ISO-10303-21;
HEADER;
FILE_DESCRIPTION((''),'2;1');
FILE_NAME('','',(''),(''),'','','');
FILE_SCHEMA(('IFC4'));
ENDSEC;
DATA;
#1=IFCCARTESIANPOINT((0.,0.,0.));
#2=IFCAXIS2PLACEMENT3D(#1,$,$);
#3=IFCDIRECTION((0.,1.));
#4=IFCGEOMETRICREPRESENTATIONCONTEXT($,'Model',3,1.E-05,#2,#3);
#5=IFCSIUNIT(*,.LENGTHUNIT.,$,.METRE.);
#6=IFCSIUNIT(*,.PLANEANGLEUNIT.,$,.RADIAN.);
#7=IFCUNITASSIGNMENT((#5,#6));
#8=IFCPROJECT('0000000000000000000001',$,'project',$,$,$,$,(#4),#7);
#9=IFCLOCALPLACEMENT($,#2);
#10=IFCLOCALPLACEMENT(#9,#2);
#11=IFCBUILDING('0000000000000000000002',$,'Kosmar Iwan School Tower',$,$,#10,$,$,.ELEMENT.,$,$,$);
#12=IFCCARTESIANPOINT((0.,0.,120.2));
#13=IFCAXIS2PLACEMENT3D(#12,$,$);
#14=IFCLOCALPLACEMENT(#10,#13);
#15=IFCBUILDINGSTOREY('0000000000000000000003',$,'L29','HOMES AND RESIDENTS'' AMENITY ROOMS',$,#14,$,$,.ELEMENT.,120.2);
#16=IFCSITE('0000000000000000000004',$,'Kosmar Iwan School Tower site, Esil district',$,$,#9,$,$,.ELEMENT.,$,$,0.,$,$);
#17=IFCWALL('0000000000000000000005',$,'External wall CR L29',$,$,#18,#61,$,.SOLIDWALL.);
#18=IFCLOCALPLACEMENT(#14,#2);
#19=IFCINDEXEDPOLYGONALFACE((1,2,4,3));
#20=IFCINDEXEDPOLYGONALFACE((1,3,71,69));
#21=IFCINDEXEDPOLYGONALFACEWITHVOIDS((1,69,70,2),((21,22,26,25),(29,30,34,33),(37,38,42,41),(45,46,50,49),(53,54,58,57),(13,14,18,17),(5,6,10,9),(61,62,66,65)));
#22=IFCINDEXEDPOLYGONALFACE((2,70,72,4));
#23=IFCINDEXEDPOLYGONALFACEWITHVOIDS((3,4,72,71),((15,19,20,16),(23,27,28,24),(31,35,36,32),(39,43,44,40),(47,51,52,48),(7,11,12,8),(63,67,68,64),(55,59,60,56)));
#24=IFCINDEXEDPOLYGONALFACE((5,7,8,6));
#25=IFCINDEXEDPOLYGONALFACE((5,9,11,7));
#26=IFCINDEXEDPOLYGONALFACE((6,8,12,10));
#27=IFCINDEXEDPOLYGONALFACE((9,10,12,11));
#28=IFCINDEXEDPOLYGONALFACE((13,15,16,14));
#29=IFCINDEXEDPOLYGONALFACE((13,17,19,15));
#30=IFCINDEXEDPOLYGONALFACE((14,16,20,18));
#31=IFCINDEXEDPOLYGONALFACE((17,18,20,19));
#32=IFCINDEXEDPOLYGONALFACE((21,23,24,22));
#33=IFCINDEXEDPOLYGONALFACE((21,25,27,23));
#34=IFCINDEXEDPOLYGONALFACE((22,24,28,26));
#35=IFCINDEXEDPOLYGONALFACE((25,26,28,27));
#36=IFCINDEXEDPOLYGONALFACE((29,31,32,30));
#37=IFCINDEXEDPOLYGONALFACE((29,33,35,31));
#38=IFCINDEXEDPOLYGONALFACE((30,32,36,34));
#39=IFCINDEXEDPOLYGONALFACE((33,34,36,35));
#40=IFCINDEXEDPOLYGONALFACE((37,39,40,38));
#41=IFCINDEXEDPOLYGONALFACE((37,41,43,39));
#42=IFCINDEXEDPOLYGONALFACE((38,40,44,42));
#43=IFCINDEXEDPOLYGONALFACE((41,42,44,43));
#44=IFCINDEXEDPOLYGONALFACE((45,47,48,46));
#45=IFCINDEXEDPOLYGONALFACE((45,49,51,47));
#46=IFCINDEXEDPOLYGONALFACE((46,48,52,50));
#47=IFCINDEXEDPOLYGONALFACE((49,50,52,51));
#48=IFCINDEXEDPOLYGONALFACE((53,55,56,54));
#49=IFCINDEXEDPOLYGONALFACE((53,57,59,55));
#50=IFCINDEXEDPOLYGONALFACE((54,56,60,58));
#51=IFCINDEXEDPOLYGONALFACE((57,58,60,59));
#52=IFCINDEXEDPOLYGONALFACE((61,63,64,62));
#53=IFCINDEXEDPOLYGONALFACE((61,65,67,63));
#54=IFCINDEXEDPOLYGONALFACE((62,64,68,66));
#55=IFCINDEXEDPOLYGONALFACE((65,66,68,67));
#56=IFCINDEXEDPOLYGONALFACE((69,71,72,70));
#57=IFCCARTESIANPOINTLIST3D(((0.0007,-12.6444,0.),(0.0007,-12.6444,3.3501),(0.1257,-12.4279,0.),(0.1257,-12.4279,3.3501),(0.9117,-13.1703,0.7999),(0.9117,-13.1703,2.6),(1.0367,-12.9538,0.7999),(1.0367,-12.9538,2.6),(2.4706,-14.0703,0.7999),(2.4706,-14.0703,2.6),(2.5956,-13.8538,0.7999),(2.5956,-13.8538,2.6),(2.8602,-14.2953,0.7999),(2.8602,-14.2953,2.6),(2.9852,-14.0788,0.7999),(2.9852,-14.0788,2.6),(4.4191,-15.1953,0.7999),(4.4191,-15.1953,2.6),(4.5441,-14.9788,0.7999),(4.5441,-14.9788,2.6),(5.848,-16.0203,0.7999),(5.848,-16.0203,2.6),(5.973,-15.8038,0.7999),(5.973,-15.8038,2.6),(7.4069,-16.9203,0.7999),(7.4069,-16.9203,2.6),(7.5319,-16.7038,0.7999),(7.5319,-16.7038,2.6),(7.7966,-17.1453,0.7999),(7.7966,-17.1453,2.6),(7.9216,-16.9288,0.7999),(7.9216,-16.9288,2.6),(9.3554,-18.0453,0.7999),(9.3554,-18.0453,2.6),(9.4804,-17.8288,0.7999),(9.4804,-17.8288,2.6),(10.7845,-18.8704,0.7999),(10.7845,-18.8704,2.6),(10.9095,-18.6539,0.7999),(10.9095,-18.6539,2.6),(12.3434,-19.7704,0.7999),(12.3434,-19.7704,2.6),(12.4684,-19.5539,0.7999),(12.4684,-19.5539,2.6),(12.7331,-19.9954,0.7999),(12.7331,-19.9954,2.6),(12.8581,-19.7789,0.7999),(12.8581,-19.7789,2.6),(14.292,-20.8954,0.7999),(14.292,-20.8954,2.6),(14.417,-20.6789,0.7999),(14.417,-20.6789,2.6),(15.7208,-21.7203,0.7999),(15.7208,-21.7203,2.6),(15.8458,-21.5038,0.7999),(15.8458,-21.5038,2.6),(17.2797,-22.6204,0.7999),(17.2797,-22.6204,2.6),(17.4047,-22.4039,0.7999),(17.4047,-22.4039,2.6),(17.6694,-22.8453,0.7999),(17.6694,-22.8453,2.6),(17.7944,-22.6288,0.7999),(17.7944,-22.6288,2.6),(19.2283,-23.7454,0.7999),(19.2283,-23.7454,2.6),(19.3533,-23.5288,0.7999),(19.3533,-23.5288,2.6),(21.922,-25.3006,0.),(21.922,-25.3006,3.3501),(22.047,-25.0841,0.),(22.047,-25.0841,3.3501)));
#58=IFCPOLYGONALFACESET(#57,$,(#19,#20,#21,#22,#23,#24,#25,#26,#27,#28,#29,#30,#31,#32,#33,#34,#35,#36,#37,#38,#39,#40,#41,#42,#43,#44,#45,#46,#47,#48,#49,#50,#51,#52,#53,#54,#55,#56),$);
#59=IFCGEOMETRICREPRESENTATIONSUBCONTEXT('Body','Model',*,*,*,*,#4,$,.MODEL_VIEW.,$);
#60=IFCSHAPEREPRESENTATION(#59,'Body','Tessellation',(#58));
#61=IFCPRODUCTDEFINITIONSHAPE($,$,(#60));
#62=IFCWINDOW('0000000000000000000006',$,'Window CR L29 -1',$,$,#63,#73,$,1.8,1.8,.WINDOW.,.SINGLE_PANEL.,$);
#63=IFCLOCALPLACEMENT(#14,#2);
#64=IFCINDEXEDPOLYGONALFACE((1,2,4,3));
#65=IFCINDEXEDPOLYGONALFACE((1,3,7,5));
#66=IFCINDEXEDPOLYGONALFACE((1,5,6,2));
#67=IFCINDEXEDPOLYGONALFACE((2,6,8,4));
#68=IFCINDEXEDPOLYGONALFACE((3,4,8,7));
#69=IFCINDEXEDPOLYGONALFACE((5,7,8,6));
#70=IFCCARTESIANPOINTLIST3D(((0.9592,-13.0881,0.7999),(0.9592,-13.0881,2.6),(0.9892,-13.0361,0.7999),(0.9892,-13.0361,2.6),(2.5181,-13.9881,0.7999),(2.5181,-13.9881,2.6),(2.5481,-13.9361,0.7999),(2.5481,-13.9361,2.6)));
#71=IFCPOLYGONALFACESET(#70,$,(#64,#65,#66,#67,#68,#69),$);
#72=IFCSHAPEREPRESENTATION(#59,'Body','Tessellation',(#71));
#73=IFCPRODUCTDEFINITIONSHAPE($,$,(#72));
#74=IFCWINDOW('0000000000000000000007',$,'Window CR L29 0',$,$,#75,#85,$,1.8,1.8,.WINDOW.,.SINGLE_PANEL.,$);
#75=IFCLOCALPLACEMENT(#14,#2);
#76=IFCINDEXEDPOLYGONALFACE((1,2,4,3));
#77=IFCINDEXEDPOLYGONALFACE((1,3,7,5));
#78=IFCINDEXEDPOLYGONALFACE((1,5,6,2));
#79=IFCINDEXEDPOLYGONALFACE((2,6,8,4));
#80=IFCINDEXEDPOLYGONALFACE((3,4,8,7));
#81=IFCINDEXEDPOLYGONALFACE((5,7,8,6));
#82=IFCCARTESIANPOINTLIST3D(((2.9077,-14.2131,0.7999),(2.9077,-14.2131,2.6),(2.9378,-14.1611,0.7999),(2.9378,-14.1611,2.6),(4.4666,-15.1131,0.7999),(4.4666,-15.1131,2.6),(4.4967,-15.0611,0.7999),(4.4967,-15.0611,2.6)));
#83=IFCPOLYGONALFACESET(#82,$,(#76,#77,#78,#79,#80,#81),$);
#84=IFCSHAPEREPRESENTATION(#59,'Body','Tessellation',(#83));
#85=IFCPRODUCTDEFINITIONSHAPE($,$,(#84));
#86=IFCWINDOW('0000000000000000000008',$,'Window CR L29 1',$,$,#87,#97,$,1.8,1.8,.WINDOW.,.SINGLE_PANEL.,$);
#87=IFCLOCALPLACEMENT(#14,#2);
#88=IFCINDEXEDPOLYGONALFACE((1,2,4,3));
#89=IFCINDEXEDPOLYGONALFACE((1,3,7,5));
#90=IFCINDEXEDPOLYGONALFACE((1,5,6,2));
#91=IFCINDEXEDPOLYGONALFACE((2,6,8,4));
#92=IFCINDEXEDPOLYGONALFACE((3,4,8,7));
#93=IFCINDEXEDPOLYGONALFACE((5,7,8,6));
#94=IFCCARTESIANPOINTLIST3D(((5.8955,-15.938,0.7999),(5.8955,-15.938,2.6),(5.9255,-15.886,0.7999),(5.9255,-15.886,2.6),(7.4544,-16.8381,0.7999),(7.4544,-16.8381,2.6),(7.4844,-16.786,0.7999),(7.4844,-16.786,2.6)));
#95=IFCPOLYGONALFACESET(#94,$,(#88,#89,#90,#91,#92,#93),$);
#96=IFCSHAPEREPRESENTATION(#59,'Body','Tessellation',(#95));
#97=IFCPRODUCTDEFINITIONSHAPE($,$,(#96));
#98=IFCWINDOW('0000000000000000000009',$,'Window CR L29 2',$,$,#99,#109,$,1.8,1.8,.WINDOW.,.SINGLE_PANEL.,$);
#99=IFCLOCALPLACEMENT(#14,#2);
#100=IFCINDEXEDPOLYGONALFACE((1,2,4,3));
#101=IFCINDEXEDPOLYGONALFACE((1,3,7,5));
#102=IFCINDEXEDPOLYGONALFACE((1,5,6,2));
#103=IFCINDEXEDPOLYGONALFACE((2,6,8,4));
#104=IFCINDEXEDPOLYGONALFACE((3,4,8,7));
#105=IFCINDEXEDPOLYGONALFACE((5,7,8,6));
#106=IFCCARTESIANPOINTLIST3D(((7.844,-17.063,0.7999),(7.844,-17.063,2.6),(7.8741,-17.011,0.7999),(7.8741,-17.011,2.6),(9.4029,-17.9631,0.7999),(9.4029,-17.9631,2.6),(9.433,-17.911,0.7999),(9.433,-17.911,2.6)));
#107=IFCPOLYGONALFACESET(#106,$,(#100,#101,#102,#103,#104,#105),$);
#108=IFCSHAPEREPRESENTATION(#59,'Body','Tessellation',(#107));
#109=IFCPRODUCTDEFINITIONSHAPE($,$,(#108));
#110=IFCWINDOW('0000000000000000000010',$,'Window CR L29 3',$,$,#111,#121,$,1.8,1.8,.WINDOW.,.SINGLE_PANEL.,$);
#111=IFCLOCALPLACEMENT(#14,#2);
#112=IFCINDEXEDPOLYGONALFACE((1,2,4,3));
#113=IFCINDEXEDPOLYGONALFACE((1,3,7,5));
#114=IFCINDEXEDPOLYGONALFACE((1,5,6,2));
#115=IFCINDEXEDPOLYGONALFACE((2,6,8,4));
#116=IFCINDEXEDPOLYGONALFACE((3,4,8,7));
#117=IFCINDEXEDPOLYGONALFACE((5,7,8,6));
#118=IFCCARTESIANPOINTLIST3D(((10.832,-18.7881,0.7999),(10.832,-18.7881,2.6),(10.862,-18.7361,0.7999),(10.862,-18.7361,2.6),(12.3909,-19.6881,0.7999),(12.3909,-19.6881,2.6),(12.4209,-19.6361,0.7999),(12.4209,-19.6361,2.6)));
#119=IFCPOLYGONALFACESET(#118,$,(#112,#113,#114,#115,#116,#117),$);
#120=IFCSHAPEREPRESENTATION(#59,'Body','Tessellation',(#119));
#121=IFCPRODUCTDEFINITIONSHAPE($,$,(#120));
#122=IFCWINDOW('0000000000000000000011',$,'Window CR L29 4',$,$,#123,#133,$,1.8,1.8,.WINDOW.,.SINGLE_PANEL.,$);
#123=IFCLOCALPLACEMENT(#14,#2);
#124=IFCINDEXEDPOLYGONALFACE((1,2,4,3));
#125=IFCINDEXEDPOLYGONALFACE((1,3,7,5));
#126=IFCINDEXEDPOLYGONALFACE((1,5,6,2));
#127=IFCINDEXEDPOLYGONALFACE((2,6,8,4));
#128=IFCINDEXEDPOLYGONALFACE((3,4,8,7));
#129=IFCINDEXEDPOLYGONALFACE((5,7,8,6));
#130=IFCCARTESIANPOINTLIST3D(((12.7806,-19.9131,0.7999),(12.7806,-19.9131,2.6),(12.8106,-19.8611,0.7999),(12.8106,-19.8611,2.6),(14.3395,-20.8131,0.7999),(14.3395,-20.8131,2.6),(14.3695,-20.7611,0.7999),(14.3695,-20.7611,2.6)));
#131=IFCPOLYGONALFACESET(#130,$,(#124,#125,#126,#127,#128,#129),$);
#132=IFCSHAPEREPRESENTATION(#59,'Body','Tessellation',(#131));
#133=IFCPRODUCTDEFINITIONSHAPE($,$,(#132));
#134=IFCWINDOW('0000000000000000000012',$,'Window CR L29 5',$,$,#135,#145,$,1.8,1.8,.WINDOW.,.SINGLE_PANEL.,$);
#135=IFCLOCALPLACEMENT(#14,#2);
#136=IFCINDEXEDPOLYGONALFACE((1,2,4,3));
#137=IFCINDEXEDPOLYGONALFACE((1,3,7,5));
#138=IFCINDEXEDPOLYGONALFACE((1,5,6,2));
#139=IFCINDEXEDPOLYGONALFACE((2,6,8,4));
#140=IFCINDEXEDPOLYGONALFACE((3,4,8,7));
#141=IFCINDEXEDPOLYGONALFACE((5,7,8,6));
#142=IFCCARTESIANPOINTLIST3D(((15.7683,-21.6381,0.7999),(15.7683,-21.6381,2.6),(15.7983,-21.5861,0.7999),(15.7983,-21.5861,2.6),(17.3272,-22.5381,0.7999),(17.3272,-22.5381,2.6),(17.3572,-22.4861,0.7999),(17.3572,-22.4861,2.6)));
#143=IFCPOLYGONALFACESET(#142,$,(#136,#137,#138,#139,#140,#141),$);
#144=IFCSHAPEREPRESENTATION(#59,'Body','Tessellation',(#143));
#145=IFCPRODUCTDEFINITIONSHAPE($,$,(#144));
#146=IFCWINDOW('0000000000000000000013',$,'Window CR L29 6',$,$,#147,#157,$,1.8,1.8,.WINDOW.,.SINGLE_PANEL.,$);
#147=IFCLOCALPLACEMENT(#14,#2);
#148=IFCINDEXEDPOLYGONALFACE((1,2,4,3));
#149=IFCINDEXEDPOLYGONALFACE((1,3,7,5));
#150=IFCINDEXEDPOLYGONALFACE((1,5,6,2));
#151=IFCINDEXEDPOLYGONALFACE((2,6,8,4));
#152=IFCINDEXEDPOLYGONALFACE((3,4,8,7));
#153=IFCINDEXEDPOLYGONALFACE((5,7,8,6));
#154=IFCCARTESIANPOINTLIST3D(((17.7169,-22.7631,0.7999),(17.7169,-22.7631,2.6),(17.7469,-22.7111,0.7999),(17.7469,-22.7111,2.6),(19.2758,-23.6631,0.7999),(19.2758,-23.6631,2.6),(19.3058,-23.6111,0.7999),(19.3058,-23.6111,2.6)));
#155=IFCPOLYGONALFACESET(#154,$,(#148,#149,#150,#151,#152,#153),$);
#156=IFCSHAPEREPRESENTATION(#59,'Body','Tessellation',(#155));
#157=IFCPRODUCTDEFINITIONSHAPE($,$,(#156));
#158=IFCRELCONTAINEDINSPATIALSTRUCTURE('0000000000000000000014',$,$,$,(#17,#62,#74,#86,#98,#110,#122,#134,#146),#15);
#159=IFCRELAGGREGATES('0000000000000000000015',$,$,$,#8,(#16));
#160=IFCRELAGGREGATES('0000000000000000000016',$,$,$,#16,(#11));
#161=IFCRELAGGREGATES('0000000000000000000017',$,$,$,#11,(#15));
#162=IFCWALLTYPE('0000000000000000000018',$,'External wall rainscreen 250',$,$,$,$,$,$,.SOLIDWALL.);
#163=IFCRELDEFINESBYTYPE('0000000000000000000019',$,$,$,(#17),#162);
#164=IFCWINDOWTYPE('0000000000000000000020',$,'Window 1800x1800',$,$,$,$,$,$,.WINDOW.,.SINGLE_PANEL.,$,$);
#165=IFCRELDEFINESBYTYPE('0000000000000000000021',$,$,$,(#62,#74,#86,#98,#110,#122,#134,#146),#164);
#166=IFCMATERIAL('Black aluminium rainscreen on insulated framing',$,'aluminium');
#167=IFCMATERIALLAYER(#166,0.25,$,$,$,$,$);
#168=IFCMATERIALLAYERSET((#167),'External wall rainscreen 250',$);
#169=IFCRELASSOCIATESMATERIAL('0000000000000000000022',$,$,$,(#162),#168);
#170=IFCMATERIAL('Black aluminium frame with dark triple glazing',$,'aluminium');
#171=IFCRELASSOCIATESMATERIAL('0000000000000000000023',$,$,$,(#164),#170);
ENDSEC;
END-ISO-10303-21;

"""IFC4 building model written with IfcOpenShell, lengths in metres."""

from ifc_helpers import new_model, si_unit, direction, frame, frame_2d, origin, place, context, subcontext, project, spatial, rectangle, extrude, material, layer, layer_set, type_object, element, fill, save


model = new_model("IFC4")

# Units and contexts
model_context = context("Model", 3, precision=1e-05, world=origin(), true_north=direction((0.0, 1.0)))
body_context = subcontext(model_context, "Body", "Model", "MODEL_VIEW")
ifc_project = project(units=[si_unit("LENGTHUNIT", "METRE"), si_unit("PLANEANGLEUNIT", "RADIAN")], contexts=[model_context])

# Site, building, storey
site_placement = place(None, origin())
site = spatial("IfcSite", under=ifc_project, at=site_placement, Name="Kosmar Iwan School Tower site, Esil district", CompositionType="ELEMENT", RefElevation=0.0)
building_placement = place(site_placement, origin())
building = spatial("IfcBuilding", under=site, at=building_placement, Name="Kosmar Iwan School Tower", CompositionType="ELEMENT")
storey_placement = place(building_placement, frame((0.0, 0.0, 120.2)))
storey = spatial("IfcBuildingStorey", under=building, at=storey_placement, Name="L29", Description="HOMES AND RESIDENTS' AMENITY ROOMS", CompositionType="ELEMENT", Elevation=120.2)

# Wall, openings, windows
ifc_material_1 = material(Name="Black aluminium rainscreen on insulated framing", Category="aluminium")
ifc_layer_1 = layer(ifc_material_1, 0.25)
ifc_layer_set_1 = layer_set([ifc_layer_1], Name="External wall rainscreen 250")
wall_type_1 = type_object("IfcWallType", Name="External wall rainscreen 250", PredefinedType="SOLIDWALL", material=ifc_layer_set_1)
wall_1_placement = place(storey_placement, frame((0.0632, -12.5361, 0.0), z_axis=(0.0, 0.0, 1.0), x_axis=(0.866027, -0.499998, 0.0)))
wall_1 = element("IfcWall", 1, at=wall_1_placement, inside=storey, type_object=wall_type_1, Name="External wall CR L29", PredefinedType="SOLIDWALL", context=body_context, shape_type="SweptSolid", body=[
    extrude(rectangle(XDim=25.3125, YDim=0.25, at=frame_2d((12.6562, 0.0))), origin(), (0.0, 0.0, 1.0), 3.3501),
])
opening_1_placement = place(wall_1_placement, frame((1.052, 0.0, 0.8)))
opening_1 = element("IfcOpeningElement", 2, at=opening_1_placement, cuts=wall_1, PredefinedType="OPENING", context=body_context, shape_type="SweptSolid", body=[
    extrude(rectangle(XDim=1.8, YDim=1.8, at=frame_2d((0.8999, 0.8999))), frame((0.0, 0.137, 0.0), z_axis=(0.0, -1.0, 0.0), x_axis=(1.0, 0.0, 0.0)), (0.0, 0.0, 1.0), 0.2739),
])
opening_2_placement = place(wall_1_placement, frame((3.302, 0.0, 0.8)))
opening_2 = element("IfcOpeningElement", 3, at=opening_2_placement, cuts=wall_1, PredefinedType="OPENING", context=body_context, shape_type="SweptSolid", body=[
    extrude(rectangle(XDim=1.8, YDim=1.8, at=frame_2d((0.8999, 0.8999))), frame((0.0, 0.137, 0.0), z_axis=(0.0, -1.0, 0.0), x_axis=(1.0, 0.0, 0.0)), (0.0, 0.0, 1.0), 0.2739),
])
opening_3_placement = place(wall_1_placement, frame((6.752, 0.0, 0.8)))
opening_3 = element("IfcOpeningElement", 4, at=opening_3_placement, cuts=wall_1, PredefinedType="OPENING", context=body_context, shape_type="SweptSolid", body=[
    extrude(rectangle(XDim=1.8, YDim=1.8, at=frame_2d((0.8999, 0.8999))), frame((0.0, 0.137, 0.0), z_axis=(0.0, -1.0, 0.0), x_axis=(1.0, 0.0, 0.0)), (0.0, 0.0, 1.0), 0.2739),
])
opening_4_placement = place(wall_1_placement, frame((9.002, 0.0, 0.8)))
opening_4 = element("IfcOpeningElement", 5, at=opening_4_placement, cuts=wall_1, PredefinedType="OPENING", context=body_context, shape_type="SweptSolid", body=[
    extrude(rectangle(XDim=1.8, YDim=1.8, at=frame_2d((0.8999, 0.8999))), frame((0.0, 0.137, 0.0), z_axis=(0.0, -1.0, 0.0), x_axis=(1.0, 0.0, 0.0)), (0.0, 0.0, 1.0), 0.2739),
])
opening_5_placement = place(wall_1_placement, frame((12.4521, 0.0, 0.8)))
opening_5 = element("IfcOpeningElement", 6, at=opening_5_placement, cuts=wall_1, PredefinedType="OPENING", context=body_context, shape_type="SweptSolid", body=[
    extrude(rectangle(XDim=1.8, YDim=1.8, at=frame_2d((0.8999, 0.8999))), frame((0.0, 0.137, 0.0), z_axis=(0.0, -1.0, 0.0), x_axis=(1.0, 0.0, 0.0)), (0.0, 0.0, 1.0), 0.2739),
])
opening_6_placement = place(wall_1_placement, frame((14.7021, 0.0, 0.8)))
opening_6 = element("IfcOpeningElement", 7, at=opening_6_placement, cuts=wall_1, PredefinedType="OPENING", context=body_context, shape_type="SweptSolid", body=[
    extrude(rectangle(XDim=1.8, YDim=1.8, at=frame_2d((0.8999, 0.8999))), frame((0.0, 0.137, 0.0), z_axis=(0.0, -1.0, 0.0), x_axis=(1.0, 0.0, 0.0)), (0.0, 0.0, 1.0), 0.2739),
])
opening_7_placement = place(wall_1_placement, frame((18.1521, 0.0, 0.8)))
opening_7 = element("IfcOpeningElement", 8, at=opening_7_placement, cuts=wall_1, PredefinedType="OPENING", context=body_context, shape_type="SweptSolid", body=[
    extrude(rectangle(XDim=1.8, YDim=1.8, at=frame_2d((0.8999, 0.8999))), frame((0.0, 0.137, 0.0), z_axis=(0.0, -1.0, 0.0), x_axis=(1.0, 0.0, 0.0)), (0.0, 0.0, 1.0), 0.2739),
])
opening_8_placement = place(wall_1_placement, frame((20.4021, 0.0, 0.8)))
opening_8 = element("IfcOpeningElement", 9, at=opening_8_placement, cuts=wall_1, PredefinedType="OPENING", context=body_context, shape_type="SweptSolid", body=[
    extrude(rectangle(XDim=1.8, YDim=1.8, at=frame_2d((0.8999, 0.8999))), frame((0.0, 0.137, 0.0), z_axis=(0.0, -1.0, 0.0), x_axis=(1.0, 0.0, 0.0)), (0.0, 0.0, 1.0), 0.2739),
])
ifc_material_2 = material(Name="Black aluminium frame with dark triple glazing", Category="aluminium")
window_type = type_object("IfcWindowType", Name="Window 1800x1800", PartitioningType="SINGLE_PANEL", PredefinedType="WINDOW", material=ifc_material_2)
window_1_placement = place(opening_1_placement, origin())
window_1 = element("IfcWindow", 10, at=window_1_placement, inside=storey, type_object=window_type, Name="Window CR L29 -1", OverallHeight=1.8, OverallWidth=1.8, PartitioningType="SINGLE_PANEL", PredefinedType="WINDOW", context=body_context, shape_type="SweptSolid", body=[
    extrude(rectangle(XDim=1.8, YDim=1.8, at=frame_2d((0.8999, 0.8999))), frame((0.0, 0.03, 0.0), z_axis=(0.0, -1.0, 0.0), x_axis=(1.0, 0.0, 0.0)), (0.0, 0.0, 1.0), 0.0601),
])
fill(opening_1, window_1)
window_2_placement = place(opening_2_placement, origin())
window_2 = element("IfcWindow", 11, at=window_2_placement, inside=storey, type_object=window_type, Name="Window CR L29 0", OverallHeight=1.8, OverallWidth=1.8, PartitioningType="SINGLE_PANEL", PredefinedType="WINDOW", context=body_context, shape_type="SweptSolid", body=[
    extrude(rectangle(XDim=1.8, YDim=1.8, at=frame_2d((0.8999, 0.8999))), frame((0.0, 0.03, 0.0), z_axis=(0.0, -1.0, 0.0), x_axis=(1.0, 0.0, 0.0)), (0.0, 0.0, 1.0), 0.0601),
])
fill(opening_2, window_2)
window_3_placement = place(opening_3_placement, origin())
window_3 = element("IfcWindow", 12, at=window_3_placement, inside=storey, type_object=window_type, Name="Window CR L29 1", OverallHeight=1.8, OverallWidth=1.8, PartitioningType="SINGLE_PANEL", PredefinedType="WINDOW", context=body_context, shape_type="SweptSolid", body=[
    extrude(rectangle(XDim=1.8, YDim=1.8, at=frame_2d((0.8999, 0.8999))), frame((0.0, 0.03, 0.0), z_axis=(0.0, -1.0, 0.0), x_axis=(1.0, 0.0, 0.0)), (0.0, 0.0, 1.0), 0.0601),
])
fill(opening_3, window_3)
window_4_placement = place(opening_4_placement, origin())
window_4 = element("IfcWindow", 13, at=window_4_placement, inside=storey, type_object=window_type, Name="Window CR L29 2", OverallHeight=1.8, OverallWidth=1.8, PartitioningType="SINGLE_PANEL", PredefinedType="WINDOW", context=body_context, shape_type="SweptSolid", body=[
    extrude(rectangle(XDim=1.8, YDim=1.8, at=frame_2d((0.8999, 0.8999))), frame((0.0, 0.03, 0.0), z_axis=(0.0, -1.0, 0.0), x_axis=(1.0, 0.0, 0.0)), (0.0, 0.0, 1.0), 0.0601),
])
fill(opening_4, window_4)
window_5_placement = place(opening_5_placement, origin())
window_5 = element("IfcWindow", 14, at=window_5_placement, inside=storey, type_object=window_type, Name="Window CR L29 3", OverallHeight=1.8, OverallWidth=1.8, PartitioningType="SINGLE_PANEL", PredefinedType="WINDOW", context=body_context, shape_type="SweptSolid", body=[
    extrude(rectangle(XDim=1.8, YDim=1.8, at=frame_2d((0.8999, 0.8999))), frame((0.0, 0.03, 0.0), z_axis=(0.0, -1.0, 0.0), x_axis=(1.0, 0.0, 0.0)), (0.0, 0.0, 1.0), 0.0601),
])
fill(opening_5, window_5)
window_6_placement = place(opening_6_placement, origin())
window_6 = element("IfcWindow", 15, at=window_6_placement, inside=storey, type_object=window_type, Name="Window CR L29 4", OverallHeight=1.8, OverallWidth=1.8, PartitioningType="SINGLE_PANEL", PredefinedType="WINDOW", context=body_context, shape_type="SweptSolid", body=[
    extrude(rectangle(XDim=1.8, YDim=1.8, at=frame_2d((0.8999, 0.8999))), frame((0.0, 0.03, 0.0), z_axis=(0.0, -1.0, 0.0), x_axis=(1.0, 0.0, 0.0)), (0.0, 0.0, 1.0), 0.0601),
])
fill(opening_6, window_6)
window_7_placement = place(opening_7_placement, origin())
window_7 = element("IfcWindow", 16, at=window_7_placement, inside=storey, type_object=window_type, Name="Window CR L29 5", OverallHeight=1.8, OverallWidth=1.8, PartitioningType="SINGLE_PANEL", PredefinedType="WINDOW", context=body_context, shape_type="SweptSolid", body=[
    extrude(rectangle(XDim=1.8, YDim=1.8, at=frame_2d((0.8999, 0.8999))), frame((0.0, 0.03, 0.0), z_axis=(0.0, -1.0, 0.0), x_axis=(1.0, 0.0, 0.0)), (0.0, 0.0, 1.0), 0.0601),
])
fill(opening_7, window_7)
window_8_placement = place(opening_8_placement, origin())
window_8 = element("IfcWindow", 17, at=window_8_placement, inside=storey, type_object=window_type, Name="Window CR L29 6", OverallHeight=1.8, OverallWidth=1.8, PartitioningType="SINGLE_PANEL", PredefinedType="WINDOW", context=body_context, shape_type="SweptSolid", body=[
    extrude(rectangle(XDim=1.8, YDim=1.8, at=frame_2d((0.8999, 0.8999))), frame((0.0, 0.03, 0.0), z_axis=(0.0, -1.0, 0.0), x_axis=(1.0, 0.0, 0.0)), (0.0, 0.0, 1.0), 0.0601),
])
fill(opening_8, window_8)

save(model, "model.ifc")
